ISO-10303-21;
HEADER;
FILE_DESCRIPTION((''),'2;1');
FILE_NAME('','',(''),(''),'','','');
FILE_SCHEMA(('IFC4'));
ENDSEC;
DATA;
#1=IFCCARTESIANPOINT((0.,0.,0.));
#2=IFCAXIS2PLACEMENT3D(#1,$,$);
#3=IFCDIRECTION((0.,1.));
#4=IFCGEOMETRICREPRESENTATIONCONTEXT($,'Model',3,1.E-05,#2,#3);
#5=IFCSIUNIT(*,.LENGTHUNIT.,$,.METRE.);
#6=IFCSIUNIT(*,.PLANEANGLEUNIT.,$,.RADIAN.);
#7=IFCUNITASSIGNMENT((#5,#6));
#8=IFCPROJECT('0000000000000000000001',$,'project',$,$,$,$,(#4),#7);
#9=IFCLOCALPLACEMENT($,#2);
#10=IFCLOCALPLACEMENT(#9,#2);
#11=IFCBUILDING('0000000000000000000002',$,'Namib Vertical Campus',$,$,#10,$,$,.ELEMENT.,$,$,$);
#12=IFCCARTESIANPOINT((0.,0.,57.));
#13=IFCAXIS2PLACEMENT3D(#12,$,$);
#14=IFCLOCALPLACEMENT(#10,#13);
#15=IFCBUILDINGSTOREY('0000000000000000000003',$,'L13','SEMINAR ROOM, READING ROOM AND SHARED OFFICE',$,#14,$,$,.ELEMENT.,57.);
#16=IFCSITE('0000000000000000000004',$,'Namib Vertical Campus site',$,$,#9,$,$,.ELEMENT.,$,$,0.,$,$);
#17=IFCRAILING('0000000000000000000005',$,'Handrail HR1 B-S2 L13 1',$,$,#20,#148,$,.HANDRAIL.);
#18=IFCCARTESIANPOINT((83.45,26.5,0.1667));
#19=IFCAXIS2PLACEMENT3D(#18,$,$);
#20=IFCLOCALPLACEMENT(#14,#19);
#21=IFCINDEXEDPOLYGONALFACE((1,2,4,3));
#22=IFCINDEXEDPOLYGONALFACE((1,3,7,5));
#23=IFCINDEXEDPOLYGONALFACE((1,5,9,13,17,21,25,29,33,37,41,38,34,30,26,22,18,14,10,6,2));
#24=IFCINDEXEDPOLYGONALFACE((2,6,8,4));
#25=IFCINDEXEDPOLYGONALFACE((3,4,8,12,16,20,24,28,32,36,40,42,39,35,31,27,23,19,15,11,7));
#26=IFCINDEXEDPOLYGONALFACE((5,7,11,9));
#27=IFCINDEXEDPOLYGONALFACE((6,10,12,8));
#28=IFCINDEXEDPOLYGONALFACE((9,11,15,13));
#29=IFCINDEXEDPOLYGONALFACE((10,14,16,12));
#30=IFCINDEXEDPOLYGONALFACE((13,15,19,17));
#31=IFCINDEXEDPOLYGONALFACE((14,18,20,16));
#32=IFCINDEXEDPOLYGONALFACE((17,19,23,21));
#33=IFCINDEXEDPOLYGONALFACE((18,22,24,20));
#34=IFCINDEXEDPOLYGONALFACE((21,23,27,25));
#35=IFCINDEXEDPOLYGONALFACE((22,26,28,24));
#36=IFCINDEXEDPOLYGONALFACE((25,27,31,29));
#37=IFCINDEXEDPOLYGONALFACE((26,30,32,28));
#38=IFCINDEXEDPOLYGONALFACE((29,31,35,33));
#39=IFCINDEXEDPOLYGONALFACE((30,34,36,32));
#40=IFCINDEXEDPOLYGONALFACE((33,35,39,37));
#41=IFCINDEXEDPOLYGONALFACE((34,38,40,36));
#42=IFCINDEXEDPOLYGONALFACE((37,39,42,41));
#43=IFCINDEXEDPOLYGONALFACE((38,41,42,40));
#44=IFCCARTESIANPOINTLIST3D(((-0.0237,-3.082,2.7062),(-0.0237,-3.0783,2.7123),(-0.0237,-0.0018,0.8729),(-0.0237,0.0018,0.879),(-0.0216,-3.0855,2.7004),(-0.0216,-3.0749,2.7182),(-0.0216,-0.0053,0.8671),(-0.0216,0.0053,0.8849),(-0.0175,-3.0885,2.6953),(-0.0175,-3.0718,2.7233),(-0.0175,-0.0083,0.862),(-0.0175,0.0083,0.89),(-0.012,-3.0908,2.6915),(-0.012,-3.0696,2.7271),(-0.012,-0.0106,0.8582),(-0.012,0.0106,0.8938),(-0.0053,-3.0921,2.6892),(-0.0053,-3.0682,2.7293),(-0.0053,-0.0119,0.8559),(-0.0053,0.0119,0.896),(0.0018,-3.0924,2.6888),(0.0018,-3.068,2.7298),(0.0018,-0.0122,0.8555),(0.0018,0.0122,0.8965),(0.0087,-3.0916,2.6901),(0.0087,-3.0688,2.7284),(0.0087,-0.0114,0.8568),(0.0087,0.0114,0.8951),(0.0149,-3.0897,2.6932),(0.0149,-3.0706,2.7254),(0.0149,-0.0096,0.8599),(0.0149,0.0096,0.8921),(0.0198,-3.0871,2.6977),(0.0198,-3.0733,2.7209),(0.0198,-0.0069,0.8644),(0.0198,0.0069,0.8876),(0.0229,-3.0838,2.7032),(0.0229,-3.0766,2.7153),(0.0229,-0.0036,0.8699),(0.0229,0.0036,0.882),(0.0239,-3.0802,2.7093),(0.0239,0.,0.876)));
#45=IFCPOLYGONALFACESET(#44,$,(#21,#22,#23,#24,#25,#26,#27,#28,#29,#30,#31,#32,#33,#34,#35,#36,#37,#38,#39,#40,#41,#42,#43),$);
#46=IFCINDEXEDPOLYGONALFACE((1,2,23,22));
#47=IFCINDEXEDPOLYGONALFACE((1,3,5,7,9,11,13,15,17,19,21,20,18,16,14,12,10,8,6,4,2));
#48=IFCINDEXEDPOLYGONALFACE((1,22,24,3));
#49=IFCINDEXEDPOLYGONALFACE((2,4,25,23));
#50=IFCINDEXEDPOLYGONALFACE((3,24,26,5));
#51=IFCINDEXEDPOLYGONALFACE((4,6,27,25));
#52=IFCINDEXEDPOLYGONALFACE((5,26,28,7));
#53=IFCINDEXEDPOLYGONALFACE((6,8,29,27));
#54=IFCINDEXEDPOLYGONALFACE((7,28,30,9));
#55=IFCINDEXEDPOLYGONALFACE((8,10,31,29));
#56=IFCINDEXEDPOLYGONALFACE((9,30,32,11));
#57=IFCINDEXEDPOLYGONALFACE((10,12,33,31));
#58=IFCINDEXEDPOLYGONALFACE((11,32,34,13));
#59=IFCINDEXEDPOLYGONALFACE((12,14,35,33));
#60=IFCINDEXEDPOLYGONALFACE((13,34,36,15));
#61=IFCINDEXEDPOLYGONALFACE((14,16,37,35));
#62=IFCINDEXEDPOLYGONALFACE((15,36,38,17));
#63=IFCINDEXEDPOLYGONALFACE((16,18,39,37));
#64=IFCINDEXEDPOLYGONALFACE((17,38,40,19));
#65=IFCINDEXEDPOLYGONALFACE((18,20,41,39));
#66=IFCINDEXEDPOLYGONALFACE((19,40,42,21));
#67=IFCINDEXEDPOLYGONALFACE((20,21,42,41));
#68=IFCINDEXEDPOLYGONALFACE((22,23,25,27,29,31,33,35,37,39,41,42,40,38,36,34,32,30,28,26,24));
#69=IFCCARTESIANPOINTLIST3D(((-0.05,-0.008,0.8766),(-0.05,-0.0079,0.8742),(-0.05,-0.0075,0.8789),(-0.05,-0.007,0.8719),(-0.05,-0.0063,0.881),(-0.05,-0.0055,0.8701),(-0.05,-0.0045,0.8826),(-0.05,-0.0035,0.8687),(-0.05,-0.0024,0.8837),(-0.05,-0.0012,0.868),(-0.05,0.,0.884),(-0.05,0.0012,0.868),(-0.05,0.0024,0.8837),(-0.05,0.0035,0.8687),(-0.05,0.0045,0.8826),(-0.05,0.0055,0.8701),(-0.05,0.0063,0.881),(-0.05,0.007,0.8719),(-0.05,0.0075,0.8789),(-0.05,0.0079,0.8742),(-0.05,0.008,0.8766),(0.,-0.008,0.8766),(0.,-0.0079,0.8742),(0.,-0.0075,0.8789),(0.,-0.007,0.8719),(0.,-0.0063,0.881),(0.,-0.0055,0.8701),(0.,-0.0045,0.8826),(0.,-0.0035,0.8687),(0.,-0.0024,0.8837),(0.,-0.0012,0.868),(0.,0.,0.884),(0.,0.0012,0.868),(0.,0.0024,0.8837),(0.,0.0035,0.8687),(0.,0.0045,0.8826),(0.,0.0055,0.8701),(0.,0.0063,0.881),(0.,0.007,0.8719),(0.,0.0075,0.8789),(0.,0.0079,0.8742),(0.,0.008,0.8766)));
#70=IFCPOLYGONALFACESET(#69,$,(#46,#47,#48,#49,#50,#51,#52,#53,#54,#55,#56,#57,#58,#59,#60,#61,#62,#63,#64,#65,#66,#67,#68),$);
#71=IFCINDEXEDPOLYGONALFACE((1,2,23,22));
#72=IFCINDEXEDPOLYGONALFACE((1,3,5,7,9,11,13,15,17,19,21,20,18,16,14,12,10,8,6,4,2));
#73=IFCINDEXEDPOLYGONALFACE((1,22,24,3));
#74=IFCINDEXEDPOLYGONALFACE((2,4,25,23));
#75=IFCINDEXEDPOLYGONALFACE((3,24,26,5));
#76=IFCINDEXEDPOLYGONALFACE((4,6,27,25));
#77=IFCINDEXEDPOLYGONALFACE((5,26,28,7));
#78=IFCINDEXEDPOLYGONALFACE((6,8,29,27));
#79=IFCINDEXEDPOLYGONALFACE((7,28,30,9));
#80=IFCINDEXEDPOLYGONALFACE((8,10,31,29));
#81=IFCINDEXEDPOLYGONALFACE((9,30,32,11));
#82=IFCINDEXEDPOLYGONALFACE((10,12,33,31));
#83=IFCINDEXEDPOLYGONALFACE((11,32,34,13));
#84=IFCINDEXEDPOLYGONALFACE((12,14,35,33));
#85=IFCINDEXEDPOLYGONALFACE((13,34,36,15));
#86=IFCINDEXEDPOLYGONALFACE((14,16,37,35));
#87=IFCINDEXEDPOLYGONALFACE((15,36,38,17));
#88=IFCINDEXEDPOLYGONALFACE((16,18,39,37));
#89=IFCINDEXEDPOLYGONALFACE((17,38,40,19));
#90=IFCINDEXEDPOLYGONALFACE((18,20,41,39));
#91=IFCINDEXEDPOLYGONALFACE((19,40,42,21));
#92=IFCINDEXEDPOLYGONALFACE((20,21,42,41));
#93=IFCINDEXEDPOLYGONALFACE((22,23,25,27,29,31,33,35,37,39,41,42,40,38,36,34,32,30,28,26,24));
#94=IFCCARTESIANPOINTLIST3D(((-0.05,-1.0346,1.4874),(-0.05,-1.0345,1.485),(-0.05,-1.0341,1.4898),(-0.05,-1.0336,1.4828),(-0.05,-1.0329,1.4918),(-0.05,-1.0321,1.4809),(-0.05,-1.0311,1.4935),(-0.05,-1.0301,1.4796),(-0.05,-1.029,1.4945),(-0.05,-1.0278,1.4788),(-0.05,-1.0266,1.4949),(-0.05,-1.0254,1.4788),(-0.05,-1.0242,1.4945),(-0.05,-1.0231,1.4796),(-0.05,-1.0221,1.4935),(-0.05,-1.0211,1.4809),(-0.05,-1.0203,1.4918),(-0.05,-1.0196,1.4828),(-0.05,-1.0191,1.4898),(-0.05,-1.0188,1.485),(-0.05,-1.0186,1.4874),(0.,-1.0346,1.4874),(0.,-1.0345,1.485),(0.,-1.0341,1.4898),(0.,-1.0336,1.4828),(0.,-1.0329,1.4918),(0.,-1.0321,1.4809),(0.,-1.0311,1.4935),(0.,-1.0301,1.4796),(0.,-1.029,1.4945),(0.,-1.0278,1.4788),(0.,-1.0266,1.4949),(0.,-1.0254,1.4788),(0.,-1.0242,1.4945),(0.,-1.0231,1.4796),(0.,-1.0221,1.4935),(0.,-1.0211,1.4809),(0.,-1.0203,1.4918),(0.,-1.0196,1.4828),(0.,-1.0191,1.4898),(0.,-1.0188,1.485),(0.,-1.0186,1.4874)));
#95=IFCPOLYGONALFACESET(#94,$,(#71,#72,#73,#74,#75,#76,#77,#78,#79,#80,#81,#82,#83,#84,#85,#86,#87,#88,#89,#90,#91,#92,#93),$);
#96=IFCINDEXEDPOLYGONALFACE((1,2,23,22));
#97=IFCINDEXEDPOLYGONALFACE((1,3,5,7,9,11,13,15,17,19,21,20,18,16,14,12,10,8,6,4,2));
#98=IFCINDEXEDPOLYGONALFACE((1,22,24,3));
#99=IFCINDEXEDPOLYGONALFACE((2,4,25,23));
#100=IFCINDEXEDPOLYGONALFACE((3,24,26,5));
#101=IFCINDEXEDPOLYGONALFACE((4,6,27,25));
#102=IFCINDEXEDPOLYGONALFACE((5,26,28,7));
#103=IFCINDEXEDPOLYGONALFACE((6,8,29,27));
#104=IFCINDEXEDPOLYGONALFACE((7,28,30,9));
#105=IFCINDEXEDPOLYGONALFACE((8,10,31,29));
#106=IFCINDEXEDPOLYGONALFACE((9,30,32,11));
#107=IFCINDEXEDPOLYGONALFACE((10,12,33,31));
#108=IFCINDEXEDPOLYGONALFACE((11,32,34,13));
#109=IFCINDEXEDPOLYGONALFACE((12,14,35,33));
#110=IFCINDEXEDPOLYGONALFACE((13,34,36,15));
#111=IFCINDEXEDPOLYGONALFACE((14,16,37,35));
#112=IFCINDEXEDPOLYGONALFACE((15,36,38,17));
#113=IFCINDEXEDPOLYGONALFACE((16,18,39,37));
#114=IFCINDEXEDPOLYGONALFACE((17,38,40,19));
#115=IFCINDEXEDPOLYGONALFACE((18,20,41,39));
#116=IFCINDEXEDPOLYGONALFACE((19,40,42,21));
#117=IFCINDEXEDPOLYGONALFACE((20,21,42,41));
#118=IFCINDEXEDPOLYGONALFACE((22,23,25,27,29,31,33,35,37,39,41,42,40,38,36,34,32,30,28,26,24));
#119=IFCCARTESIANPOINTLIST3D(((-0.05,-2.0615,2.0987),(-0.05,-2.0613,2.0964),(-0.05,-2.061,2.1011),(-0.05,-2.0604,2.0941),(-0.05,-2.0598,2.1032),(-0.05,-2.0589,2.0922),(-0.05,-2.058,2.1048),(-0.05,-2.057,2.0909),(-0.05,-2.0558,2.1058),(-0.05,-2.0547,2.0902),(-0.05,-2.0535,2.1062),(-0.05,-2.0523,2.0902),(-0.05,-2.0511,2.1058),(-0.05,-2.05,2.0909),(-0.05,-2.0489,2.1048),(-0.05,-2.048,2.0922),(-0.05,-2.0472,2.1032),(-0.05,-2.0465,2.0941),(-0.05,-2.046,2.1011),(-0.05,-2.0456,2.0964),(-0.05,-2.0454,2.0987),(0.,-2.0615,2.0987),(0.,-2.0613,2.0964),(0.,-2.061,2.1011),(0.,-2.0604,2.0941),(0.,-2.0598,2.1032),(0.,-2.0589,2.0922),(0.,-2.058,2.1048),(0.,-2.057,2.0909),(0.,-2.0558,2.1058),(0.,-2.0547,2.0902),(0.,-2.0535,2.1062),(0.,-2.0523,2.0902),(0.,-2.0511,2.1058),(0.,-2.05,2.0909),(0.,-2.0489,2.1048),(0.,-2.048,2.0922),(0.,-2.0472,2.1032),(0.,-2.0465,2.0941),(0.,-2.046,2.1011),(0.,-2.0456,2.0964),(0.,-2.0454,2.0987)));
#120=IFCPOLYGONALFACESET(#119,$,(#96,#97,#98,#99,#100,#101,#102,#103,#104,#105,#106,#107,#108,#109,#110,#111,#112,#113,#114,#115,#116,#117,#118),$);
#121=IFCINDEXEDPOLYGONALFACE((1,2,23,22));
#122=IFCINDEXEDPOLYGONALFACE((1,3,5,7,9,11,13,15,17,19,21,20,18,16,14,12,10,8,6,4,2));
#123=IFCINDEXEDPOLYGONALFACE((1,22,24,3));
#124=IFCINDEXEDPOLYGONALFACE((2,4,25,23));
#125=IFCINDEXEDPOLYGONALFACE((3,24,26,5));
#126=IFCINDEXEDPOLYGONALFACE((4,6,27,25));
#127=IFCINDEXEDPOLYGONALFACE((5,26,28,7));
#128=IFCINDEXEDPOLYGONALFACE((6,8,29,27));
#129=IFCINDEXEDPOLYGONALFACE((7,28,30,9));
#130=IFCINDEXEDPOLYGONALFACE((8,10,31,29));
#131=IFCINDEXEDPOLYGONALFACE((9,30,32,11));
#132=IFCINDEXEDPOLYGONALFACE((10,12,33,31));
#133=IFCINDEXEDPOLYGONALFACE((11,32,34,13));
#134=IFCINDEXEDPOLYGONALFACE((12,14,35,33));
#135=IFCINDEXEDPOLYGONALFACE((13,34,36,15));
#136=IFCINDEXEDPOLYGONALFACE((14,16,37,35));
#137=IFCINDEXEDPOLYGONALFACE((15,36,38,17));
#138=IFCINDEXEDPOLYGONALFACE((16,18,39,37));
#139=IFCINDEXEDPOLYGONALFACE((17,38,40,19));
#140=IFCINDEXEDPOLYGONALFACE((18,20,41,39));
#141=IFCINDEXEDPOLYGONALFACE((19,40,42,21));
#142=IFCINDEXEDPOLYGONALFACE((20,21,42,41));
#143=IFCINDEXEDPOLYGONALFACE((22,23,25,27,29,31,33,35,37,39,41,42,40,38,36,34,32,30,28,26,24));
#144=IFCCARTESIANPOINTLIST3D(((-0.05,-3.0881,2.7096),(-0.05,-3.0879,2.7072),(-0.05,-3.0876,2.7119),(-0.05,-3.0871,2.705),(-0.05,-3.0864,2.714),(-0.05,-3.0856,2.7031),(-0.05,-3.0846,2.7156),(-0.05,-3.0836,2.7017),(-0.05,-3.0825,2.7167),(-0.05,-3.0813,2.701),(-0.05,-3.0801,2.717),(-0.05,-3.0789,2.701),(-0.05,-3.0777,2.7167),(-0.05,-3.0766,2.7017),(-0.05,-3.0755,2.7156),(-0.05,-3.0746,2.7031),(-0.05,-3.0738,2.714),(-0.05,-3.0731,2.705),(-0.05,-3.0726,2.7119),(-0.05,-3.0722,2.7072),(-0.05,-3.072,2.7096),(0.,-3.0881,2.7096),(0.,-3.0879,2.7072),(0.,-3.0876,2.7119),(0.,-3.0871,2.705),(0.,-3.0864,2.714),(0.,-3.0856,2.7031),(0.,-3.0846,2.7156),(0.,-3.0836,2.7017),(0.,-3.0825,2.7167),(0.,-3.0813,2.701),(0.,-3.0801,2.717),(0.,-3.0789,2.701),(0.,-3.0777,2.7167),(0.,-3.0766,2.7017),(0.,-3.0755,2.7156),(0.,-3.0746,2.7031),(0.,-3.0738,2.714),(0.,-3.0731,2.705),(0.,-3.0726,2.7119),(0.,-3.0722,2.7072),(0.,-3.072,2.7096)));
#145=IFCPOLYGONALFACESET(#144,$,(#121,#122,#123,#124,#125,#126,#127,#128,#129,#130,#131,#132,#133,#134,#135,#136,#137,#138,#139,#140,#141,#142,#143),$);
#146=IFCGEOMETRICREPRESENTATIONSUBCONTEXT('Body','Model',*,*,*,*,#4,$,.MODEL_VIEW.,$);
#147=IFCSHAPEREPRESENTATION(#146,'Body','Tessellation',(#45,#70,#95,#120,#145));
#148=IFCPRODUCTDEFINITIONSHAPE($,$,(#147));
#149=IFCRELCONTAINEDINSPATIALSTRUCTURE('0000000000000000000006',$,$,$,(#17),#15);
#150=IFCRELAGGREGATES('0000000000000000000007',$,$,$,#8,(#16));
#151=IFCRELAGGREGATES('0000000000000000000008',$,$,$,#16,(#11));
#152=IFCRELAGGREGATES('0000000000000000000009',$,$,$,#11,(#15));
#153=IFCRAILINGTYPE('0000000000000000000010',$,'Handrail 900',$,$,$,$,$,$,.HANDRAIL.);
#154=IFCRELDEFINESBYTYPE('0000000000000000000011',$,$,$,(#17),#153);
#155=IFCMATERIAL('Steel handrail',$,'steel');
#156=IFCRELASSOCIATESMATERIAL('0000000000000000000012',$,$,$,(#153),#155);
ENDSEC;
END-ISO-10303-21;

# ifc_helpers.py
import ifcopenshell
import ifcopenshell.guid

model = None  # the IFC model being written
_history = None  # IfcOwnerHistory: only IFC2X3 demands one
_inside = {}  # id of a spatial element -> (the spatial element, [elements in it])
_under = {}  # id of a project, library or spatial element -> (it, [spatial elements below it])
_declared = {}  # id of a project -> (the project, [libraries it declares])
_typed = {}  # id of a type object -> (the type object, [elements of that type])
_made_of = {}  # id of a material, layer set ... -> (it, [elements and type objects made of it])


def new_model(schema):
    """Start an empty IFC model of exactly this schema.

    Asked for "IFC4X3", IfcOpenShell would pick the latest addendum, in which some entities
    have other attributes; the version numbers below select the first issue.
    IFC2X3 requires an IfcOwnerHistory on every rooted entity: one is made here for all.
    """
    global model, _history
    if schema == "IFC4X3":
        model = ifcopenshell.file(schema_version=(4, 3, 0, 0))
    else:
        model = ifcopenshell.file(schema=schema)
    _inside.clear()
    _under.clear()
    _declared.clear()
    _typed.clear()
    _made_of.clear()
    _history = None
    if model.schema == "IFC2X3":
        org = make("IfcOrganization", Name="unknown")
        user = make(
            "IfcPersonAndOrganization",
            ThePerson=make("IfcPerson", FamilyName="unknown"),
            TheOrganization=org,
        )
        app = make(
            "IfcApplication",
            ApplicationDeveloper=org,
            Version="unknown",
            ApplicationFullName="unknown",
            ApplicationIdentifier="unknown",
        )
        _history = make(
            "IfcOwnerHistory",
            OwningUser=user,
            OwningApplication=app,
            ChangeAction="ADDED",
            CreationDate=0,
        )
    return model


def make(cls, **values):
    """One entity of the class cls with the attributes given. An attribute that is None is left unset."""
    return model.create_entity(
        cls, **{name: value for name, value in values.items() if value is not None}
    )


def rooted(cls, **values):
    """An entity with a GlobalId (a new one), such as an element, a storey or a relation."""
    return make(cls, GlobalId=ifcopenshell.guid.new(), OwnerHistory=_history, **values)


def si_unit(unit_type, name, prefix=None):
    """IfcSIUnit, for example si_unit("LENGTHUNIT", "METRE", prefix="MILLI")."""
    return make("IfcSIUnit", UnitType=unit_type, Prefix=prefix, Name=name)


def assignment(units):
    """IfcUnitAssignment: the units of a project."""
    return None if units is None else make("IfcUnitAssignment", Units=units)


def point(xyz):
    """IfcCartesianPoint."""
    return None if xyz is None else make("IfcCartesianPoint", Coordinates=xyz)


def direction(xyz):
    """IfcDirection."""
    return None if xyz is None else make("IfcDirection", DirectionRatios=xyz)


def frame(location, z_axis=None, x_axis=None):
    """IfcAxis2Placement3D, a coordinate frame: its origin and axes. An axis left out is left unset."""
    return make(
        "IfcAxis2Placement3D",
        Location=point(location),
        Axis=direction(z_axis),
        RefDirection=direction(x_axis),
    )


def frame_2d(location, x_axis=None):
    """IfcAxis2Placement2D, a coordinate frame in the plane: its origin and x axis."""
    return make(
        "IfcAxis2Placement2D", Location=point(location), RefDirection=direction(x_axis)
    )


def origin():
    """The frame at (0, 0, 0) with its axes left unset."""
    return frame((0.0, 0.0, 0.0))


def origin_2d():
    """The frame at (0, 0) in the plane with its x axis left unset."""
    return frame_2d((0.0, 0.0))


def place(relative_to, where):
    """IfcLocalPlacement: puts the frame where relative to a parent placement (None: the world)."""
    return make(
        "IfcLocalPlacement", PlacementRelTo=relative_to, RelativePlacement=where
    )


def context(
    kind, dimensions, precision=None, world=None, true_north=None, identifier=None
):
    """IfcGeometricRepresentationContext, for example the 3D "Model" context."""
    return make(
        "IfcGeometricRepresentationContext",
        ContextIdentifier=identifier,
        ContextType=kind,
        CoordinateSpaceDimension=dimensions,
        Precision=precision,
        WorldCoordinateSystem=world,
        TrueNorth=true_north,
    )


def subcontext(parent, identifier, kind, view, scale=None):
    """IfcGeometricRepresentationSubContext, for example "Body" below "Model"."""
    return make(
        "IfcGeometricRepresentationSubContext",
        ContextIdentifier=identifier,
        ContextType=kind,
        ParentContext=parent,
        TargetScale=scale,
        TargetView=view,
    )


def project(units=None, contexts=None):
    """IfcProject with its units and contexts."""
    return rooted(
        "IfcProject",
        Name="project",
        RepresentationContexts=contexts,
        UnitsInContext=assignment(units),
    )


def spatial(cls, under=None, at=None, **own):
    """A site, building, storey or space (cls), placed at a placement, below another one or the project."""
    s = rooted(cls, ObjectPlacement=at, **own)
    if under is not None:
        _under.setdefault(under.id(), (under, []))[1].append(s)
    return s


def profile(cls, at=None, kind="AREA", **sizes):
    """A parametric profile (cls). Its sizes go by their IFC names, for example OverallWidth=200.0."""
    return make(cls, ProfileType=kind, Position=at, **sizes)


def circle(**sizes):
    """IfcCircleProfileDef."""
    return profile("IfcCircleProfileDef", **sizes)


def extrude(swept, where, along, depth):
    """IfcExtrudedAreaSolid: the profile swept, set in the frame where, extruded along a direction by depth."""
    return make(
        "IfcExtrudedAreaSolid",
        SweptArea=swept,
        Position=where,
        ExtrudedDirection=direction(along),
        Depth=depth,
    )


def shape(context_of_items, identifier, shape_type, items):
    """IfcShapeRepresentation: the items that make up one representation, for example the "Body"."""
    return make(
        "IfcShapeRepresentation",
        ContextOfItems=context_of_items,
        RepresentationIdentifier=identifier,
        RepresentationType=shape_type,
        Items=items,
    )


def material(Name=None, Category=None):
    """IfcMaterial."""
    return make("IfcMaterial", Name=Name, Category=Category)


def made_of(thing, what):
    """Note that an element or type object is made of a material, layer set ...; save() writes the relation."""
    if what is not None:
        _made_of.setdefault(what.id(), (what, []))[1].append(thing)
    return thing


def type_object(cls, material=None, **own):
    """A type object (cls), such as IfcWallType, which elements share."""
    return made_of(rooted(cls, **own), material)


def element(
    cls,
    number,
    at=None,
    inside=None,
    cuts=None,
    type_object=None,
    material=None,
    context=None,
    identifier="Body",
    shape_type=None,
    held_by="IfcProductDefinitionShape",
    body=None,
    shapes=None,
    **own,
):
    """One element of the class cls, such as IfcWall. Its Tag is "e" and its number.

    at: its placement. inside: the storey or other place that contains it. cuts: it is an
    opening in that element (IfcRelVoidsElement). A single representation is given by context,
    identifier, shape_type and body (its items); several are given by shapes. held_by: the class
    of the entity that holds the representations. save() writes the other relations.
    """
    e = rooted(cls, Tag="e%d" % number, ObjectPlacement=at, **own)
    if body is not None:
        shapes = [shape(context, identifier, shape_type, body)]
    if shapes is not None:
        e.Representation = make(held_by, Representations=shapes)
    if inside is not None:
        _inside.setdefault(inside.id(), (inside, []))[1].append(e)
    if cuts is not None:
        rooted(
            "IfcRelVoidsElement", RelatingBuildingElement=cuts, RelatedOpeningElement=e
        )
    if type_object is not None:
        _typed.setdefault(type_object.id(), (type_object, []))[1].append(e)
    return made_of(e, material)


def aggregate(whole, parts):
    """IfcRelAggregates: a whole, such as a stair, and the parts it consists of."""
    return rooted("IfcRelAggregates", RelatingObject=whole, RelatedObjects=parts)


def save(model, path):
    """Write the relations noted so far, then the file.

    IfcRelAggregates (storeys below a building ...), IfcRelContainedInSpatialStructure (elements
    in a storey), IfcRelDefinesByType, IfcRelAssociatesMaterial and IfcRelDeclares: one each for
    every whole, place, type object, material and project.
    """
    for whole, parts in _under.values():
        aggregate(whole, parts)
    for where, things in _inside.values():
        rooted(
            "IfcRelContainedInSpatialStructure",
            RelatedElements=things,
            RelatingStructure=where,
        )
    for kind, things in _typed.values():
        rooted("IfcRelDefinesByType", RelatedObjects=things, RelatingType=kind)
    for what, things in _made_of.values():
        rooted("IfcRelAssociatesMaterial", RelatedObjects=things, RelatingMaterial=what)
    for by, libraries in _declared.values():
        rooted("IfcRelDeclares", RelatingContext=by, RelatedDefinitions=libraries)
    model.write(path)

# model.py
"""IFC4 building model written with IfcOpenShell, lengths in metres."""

from ifc_helpers import new_model, si_unit, direction, frame, origin, origin_2d, place, context, subcontext, project, spatial, circle, extrude, material, type_object, element, save


model = new_model("IFC4")

# Units and contexts
model_context = context("Model", 3, precision=1e-05, world=origin(), true_north=direction((0.0, 1.0)))
body_context = subcontext(model_context, "Body", "Model", "MODEL_VIEW")
ifc_project = project(units=[si_unit("LENGTHUNIT", "METRE"), si_unit("PLANEANGLEUNIT", "RADIAN")], contexts=[model_context])

# Site, building, storey
site_placement = place(None, origin())
site = spatial("IfcSite", under=ifc_project, at=site_placement, Name="Namib Vertical Campus site", CompositionType="ELEMENT", RefElevation=0.0)
building_placement = place(site_placement, origin())
building = spatial("IfcBuilding", under=site, at=building_placement, Name="Namib Vertical Campus", CompositionType="ELEMENT")
storey_placement = place(building_placement, frame((0.0, 0.0, 57.0)))
storey = spatial("IfcBuildingStorey", under=building, at=storey_placement, Name="L13", Description="SEMINAR ROOM, READING ROOM AND SHARED OFFICE", CompositionType="ELEMENT", Elevation=57.0)

# Railing
ifc_material_1 = material(Name="Steel handrail", Category="steel")
railing_type_1 = type_object("IfcRailingType", Name="Handrail 900", PredefinedType="HANDRAIL", material=ifc_material_1)
railing_1_placement = place(storey_placement, frame((83.45, 26.5, 0.1667)))
element("IfcRailing", 1, at=railing_1_placement, inside=storey, type_object=railing_type_1, Name="Handrail HR1 B-S2 L13 1", PredefinedType="HANDRAIL", context=body_context, shape_type="SweptSolid", body=[
    extrude(circle(Radius=0.0239, at=origin_2d()), frame((0.0, 0.0, 0.876), z_axis=(0.0, -0.859309, 0.511458), x_axis=(1.0, 0.0, 0.0)), (0.0, 0.0, 1.0), 3.5845),
    extrude(circle(Radius=0.0081, at=origin_2d()), frame((0.0, 0.0, 0.876), z_axis=(-1.0, 0.0, 0.0), x_axis=(0.0, 0.0, 1.0)), (0.0, 0.0, 1.0), 0.05),
    extrude(circle(Radius=0.0081, at=origin_2d()), frame((0.0, -1.0266, 1.4868), z_axis=(-1.0, 0.0, 0.0), x_axis=(0.0, 0.0, 1.0)), (0.0, 0.0, 1.0), 0.05),
    extrude(circle(Radius=0.0081, at=origin_2d()), frame((0.0, -2.0535, 2.0981), z_axis=(-1.0, 0.0, 0.0), x_axis=(0.0, 0.0, 1.0)), (0.0, 0.0, 1.0), 0.05),
    extrude(circle(Radius=0.0081, at=origin_2d()), frame((0.0, -3.0801, 2.709), z_axis=(-1.0, 0.0, 0.0), x_axis=(0.0, 0.0, 1.0)), (0.0, 0.0, 1.0), 0.05),
])

save(model, "model.ifc")
